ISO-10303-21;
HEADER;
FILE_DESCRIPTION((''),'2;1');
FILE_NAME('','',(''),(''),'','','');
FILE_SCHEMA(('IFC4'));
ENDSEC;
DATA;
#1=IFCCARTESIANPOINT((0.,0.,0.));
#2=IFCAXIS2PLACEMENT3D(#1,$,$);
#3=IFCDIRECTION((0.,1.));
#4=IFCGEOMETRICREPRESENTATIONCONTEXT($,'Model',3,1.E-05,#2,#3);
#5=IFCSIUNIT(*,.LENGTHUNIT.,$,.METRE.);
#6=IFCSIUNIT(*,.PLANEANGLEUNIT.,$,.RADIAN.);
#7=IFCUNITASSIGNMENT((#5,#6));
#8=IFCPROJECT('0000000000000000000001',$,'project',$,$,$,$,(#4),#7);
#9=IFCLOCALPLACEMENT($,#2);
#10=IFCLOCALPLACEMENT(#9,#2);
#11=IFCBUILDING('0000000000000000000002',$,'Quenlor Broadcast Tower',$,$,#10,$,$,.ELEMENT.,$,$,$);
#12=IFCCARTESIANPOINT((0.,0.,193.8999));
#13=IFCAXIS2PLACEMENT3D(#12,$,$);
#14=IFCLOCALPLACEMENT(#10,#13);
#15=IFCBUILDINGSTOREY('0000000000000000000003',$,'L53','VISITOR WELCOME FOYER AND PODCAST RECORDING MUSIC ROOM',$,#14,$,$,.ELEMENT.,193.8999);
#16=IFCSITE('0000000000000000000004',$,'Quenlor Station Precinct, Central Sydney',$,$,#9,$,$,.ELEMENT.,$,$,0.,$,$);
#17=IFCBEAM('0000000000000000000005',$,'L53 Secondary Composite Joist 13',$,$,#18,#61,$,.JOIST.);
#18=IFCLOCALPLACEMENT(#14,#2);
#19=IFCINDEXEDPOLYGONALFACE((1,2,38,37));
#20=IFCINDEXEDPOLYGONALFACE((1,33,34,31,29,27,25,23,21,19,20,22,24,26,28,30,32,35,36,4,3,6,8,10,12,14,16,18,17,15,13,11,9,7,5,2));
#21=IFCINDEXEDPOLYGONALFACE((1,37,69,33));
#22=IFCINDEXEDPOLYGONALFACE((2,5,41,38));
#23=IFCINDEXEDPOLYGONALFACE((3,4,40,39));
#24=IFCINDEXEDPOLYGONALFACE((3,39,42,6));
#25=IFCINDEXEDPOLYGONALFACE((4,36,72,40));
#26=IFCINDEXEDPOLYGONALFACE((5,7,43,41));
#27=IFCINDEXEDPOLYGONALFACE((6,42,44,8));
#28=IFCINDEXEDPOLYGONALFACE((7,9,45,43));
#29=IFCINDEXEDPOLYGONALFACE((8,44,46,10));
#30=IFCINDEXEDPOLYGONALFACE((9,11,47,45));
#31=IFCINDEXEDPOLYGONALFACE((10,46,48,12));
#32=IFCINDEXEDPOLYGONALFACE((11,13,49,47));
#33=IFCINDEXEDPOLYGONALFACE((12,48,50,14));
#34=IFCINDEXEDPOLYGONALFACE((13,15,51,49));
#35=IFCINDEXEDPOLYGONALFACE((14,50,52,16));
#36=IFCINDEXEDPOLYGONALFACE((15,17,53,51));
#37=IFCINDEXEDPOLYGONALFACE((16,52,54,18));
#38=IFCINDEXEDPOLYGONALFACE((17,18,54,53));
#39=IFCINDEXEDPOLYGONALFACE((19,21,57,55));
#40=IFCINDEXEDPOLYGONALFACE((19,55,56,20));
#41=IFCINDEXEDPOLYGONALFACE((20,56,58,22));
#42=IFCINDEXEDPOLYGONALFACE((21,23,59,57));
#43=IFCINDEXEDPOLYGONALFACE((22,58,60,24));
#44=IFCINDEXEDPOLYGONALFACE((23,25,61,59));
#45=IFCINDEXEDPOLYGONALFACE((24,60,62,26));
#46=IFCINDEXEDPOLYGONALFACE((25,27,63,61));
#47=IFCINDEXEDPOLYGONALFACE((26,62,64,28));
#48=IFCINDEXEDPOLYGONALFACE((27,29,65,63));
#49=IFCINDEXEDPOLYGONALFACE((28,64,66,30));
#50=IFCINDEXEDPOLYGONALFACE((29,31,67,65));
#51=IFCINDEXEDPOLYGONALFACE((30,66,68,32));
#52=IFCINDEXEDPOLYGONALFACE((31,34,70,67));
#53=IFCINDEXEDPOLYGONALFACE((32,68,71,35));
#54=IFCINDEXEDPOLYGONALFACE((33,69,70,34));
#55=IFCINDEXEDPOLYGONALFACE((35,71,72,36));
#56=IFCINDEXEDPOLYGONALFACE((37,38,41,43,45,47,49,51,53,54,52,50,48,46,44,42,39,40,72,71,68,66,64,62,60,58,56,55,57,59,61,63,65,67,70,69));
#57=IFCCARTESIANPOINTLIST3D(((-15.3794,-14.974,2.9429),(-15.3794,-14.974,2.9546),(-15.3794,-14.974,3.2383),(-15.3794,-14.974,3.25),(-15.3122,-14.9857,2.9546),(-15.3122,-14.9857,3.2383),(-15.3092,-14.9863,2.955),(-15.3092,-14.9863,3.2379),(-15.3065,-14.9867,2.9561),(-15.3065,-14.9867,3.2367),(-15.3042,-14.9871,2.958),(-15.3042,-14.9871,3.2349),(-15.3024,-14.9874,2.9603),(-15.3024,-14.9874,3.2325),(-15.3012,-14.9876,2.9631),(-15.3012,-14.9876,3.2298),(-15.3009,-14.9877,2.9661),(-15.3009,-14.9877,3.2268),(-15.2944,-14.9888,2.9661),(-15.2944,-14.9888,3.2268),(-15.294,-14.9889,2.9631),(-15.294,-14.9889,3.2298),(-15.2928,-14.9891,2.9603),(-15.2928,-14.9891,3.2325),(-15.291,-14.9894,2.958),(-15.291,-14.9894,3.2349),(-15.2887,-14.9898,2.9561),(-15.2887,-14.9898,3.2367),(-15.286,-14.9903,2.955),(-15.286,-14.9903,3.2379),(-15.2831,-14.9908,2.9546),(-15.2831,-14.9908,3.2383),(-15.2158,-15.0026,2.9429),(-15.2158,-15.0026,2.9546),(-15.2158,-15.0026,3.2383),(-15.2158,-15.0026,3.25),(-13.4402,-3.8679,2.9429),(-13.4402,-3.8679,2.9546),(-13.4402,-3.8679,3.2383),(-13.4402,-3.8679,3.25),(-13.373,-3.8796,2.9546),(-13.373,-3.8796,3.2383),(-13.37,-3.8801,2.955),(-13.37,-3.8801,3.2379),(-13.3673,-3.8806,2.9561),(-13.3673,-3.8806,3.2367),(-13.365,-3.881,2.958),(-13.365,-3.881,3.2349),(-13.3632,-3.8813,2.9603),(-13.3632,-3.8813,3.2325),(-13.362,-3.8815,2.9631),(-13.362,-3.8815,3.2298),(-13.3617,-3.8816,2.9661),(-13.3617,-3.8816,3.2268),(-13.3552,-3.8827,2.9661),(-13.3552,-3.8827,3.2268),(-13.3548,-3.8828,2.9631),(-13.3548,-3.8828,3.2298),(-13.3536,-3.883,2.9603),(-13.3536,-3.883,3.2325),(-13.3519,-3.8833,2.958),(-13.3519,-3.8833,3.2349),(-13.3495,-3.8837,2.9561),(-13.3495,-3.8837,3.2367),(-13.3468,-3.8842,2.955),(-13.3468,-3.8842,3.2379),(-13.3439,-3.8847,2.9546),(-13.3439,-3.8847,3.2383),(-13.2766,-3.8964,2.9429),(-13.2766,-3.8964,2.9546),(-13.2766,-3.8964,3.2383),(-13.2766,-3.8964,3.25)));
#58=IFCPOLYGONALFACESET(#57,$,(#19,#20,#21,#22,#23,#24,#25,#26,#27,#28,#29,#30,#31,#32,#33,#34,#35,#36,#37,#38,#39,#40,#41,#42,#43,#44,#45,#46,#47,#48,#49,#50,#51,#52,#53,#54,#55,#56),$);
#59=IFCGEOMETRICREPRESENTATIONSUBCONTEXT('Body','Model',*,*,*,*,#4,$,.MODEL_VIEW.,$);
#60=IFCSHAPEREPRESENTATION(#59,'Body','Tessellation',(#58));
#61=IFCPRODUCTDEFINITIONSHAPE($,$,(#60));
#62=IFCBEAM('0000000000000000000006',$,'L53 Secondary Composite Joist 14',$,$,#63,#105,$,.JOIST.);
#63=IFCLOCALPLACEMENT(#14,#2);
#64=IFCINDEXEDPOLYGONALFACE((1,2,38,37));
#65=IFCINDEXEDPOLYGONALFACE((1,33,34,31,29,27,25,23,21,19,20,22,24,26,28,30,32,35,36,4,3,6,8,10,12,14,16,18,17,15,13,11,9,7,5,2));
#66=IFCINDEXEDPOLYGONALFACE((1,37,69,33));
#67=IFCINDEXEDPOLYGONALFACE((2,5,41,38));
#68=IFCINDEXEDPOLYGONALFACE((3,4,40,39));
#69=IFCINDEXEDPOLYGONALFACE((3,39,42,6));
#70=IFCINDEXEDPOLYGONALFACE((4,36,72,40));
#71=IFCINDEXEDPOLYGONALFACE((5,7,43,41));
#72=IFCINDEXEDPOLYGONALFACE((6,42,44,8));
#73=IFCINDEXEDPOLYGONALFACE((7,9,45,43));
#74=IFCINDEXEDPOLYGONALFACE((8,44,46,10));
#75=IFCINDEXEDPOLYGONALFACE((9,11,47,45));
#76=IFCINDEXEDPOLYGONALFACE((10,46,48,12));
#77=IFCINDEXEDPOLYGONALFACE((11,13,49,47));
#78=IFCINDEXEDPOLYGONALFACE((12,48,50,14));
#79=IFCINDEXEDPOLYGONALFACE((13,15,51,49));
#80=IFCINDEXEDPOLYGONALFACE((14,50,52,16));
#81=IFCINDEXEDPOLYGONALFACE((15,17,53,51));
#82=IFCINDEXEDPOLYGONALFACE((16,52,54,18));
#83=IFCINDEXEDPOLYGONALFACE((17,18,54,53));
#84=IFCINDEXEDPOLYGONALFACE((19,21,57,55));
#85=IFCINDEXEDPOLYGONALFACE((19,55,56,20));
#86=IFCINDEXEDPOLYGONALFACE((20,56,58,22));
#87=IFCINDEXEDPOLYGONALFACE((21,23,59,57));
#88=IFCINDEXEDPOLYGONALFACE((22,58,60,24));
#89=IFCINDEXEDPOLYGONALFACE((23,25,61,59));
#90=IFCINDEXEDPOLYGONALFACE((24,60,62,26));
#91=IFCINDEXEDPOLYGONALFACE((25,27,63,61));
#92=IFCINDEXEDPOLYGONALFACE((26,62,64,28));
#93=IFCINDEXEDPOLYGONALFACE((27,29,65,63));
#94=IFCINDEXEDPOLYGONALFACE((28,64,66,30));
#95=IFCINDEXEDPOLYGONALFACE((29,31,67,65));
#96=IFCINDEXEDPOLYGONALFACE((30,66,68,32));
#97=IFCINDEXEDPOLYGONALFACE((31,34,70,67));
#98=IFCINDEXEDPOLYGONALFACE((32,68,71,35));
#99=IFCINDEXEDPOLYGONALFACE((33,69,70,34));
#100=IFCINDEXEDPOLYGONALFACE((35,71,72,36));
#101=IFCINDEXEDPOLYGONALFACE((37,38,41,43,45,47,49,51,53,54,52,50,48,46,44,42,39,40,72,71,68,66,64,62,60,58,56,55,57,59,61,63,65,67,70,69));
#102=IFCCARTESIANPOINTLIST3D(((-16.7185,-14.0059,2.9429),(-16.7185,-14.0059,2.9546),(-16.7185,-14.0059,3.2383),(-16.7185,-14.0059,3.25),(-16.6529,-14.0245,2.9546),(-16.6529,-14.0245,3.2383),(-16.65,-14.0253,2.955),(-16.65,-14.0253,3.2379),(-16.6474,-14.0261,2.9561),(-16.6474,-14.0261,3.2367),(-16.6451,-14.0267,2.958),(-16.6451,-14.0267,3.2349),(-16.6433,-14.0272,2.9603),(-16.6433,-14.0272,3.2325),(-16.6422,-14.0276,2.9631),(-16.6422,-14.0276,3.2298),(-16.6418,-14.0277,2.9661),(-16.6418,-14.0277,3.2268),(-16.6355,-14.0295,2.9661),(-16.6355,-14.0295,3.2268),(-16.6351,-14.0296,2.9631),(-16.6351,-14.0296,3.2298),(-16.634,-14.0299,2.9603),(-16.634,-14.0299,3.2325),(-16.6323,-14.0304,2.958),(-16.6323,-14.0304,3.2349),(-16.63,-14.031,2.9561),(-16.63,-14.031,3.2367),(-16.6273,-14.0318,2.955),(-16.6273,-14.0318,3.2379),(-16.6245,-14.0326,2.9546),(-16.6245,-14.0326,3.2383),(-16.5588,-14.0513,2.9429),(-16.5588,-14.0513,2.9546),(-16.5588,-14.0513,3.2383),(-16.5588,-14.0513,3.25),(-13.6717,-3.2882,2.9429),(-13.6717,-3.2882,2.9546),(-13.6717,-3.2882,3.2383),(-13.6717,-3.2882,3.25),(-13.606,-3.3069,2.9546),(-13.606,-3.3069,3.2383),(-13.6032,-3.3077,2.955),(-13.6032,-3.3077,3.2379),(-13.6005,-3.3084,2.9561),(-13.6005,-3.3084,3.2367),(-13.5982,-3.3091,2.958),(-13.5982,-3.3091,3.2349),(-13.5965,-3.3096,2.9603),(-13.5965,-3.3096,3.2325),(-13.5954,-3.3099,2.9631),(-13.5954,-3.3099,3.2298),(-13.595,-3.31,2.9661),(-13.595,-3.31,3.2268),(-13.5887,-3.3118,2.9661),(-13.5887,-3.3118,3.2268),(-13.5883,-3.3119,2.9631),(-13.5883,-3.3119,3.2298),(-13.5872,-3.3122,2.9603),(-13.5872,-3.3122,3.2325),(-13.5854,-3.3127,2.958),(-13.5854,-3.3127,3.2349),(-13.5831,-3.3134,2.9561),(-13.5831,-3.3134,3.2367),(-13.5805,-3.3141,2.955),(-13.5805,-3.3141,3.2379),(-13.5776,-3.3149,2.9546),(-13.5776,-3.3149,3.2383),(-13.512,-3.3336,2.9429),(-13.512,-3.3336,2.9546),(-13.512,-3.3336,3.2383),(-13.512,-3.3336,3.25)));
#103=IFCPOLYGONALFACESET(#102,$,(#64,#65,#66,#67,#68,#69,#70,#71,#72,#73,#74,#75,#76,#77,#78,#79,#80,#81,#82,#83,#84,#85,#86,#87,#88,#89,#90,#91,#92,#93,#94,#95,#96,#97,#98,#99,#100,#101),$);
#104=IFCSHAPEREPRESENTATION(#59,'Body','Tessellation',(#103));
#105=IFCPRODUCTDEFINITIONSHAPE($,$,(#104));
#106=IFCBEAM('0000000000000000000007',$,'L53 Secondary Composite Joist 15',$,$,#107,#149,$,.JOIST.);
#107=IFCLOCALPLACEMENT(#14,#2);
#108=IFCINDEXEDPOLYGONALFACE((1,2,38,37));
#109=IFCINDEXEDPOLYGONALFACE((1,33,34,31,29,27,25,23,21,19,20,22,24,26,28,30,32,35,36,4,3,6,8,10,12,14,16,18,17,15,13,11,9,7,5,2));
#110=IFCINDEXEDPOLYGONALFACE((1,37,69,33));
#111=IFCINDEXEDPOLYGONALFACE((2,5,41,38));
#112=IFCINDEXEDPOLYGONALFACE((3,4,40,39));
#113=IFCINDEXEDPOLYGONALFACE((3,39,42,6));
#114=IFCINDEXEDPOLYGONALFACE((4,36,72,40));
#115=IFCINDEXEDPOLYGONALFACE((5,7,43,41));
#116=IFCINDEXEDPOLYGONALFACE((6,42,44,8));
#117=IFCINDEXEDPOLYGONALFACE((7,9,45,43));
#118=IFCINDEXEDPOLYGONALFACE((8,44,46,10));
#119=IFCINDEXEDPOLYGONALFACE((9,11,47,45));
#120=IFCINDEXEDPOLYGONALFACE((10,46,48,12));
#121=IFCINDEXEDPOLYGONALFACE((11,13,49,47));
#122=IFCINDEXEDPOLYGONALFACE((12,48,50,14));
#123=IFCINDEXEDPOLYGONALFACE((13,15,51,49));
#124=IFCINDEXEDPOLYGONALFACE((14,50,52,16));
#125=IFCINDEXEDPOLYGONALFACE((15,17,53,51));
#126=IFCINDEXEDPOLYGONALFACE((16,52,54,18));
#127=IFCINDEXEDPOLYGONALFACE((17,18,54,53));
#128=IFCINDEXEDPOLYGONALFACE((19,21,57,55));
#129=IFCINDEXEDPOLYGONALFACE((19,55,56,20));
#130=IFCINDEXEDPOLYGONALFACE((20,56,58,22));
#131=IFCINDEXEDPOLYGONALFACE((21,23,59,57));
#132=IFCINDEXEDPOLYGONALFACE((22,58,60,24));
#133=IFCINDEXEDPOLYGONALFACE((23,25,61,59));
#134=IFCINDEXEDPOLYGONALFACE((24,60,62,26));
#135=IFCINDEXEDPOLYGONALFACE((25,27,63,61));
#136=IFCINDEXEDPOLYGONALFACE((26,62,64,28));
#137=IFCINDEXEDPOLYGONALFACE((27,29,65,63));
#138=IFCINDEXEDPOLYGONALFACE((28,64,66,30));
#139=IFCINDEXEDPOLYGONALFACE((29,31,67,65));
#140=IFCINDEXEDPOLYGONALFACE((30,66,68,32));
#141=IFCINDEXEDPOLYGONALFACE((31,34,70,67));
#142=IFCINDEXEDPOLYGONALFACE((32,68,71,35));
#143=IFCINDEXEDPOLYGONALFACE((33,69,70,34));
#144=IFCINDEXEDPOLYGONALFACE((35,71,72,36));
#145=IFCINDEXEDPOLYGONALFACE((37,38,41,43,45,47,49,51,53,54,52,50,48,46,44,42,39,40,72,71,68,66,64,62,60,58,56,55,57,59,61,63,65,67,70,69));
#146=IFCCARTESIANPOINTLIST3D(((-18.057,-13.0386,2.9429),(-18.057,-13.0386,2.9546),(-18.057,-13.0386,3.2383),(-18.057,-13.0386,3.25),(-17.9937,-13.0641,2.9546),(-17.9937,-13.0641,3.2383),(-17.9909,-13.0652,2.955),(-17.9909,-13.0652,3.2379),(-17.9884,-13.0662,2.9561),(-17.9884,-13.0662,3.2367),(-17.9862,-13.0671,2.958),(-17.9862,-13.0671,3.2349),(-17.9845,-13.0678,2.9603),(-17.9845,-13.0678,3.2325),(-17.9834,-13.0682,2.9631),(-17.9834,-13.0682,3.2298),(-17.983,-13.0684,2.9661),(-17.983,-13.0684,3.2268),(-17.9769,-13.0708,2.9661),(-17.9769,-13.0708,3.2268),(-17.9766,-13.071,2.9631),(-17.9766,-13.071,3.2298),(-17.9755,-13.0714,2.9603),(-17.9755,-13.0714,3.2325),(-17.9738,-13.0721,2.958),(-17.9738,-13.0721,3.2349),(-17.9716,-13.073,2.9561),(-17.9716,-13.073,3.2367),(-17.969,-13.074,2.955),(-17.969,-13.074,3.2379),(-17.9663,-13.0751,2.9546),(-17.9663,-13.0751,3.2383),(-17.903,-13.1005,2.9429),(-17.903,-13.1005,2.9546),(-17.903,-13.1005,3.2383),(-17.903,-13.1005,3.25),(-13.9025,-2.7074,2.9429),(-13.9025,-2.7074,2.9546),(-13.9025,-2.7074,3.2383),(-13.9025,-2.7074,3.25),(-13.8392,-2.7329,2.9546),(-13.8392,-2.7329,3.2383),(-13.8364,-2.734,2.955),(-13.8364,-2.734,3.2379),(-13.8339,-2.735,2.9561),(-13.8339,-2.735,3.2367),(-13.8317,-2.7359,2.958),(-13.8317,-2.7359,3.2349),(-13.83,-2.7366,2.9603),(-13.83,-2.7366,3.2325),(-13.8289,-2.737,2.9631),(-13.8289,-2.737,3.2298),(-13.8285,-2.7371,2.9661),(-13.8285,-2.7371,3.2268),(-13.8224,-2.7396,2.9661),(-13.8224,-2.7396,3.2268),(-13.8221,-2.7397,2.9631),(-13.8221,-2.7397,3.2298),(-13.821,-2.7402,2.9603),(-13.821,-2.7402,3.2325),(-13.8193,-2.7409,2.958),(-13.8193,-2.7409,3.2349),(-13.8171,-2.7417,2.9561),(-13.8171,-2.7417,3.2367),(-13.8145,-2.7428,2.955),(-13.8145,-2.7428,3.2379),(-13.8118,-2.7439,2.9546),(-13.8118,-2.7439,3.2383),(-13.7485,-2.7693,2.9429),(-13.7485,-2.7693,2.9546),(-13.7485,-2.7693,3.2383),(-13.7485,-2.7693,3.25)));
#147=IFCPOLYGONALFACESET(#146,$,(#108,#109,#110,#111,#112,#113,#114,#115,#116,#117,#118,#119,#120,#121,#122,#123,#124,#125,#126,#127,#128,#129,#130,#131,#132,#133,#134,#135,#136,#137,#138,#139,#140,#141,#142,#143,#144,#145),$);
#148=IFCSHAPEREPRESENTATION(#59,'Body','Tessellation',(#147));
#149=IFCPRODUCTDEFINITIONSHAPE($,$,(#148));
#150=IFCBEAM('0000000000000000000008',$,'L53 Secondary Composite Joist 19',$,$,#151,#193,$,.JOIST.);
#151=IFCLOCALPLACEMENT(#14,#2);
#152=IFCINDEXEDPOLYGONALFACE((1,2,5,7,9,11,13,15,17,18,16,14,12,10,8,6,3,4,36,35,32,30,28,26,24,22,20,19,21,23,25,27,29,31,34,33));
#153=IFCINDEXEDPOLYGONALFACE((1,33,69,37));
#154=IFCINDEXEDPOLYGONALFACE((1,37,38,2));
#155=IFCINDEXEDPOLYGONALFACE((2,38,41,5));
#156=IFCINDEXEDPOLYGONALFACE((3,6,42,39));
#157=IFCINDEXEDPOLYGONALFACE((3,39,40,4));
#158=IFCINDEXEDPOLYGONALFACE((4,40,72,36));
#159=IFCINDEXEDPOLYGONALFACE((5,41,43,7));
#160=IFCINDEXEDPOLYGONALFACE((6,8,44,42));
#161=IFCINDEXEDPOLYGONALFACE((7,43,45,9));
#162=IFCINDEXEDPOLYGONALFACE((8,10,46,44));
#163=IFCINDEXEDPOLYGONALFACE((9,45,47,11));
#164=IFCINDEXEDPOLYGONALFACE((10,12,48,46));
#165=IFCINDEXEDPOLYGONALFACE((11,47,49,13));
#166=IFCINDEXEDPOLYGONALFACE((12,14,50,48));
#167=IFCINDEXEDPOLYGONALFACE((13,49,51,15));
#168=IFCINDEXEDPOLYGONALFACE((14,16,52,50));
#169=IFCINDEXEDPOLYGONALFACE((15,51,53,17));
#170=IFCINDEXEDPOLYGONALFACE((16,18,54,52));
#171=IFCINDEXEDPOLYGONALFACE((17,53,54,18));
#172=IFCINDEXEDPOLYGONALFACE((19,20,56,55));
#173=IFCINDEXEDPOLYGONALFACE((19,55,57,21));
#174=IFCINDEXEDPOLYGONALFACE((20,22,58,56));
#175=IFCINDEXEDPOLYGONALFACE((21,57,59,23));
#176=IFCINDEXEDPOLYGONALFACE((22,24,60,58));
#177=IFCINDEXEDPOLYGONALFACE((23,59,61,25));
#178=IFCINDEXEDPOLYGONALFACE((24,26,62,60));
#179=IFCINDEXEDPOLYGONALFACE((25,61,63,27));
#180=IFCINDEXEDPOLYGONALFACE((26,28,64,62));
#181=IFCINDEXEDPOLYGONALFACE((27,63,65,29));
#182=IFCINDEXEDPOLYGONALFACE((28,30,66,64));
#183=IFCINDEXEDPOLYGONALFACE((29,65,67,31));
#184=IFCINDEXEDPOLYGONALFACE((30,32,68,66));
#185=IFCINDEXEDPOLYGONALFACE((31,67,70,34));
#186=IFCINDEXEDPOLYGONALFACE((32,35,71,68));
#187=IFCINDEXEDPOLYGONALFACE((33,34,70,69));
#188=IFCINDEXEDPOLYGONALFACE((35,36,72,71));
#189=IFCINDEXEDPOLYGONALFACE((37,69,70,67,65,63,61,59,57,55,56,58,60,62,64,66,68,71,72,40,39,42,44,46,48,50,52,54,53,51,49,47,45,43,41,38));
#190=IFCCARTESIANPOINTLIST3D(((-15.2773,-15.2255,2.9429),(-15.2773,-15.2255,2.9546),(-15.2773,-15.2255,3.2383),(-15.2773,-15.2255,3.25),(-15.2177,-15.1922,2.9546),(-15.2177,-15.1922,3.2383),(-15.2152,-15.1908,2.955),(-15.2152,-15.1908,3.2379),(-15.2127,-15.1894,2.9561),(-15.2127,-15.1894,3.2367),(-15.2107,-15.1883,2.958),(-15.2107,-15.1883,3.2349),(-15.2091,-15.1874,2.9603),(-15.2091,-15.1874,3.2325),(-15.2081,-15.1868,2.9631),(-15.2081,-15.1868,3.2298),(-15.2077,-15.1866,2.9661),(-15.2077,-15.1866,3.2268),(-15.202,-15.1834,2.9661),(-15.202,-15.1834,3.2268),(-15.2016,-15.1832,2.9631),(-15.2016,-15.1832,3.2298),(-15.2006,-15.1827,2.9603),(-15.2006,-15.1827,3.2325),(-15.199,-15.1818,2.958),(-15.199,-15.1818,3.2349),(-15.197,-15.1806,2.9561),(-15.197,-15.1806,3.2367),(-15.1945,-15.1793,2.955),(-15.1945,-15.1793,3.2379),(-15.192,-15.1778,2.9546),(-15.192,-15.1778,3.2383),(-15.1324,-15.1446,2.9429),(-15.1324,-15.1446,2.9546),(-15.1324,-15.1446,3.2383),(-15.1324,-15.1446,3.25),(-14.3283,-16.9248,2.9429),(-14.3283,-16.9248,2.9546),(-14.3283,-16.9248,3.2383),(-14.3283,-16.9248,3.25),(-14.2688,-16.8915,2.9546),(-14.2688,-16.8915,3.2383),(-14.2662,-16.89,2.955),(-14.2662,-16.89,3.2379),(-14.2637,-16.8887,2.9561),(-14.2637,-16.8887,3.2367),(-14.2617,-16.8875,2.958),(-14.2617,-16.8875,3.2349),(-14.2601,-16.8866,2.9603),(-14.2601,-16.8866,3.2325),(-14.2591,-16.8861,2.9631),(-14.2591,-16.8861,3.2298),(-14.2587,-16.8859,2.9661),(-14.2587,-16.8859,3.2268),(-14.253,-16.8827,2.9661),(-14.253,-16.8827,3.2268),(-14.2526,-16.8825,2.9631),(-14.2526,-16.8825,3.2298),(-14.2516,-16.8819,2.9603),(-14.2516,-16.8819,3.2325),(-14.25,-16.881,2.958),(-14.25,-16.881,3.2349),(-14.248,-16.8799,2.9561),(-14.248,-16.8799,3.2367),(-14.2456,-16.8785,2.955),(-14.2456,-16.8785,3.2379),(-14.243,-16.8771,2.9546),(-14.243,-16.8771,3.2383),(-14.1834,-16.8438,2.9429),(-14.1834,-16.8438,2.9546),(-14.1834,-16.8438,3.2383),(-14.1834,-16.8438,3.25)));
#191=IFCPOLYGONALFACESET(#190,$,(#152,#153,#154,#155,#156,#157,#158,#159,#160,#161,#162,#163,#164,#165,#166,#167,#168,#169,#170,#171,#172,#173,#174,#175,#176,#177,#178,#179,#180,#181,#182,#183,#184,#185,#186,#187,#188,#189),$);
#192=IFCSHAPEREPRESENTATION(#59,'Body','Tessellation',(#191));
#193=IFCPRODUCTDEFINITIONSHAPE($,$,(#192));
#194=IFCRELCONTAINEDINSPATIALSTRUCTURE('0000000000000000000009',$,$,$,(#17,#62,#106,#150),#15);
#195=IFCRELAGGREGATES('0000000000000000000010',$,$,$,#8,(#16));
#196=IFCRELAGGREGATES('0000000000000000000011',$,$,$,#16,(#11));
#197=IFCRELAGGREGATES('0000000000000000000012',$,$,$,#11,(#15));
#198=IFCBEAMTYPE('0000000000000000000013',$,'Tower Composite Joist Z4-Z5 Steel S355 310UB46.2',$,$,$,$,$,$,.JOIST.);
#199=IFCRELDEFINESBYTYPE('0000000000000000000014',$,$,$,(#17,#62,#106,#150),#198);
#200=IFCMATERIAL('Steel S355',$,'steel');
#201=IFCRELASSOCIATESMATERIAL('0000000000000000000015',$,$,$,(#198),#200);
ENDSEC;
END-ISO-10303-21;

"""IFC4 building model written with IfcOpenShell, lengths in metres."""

from ifc_helpers import new_model, si_unit, direction, frame, origin, origin_2d, place, context, subcontext, project, spatial, i_section, extrude, material, material_profile, profile_set, type_object, element, save


model = new_model("IFC4")

# Units and contexts
model_context = context("Model", 3, precision=1e-05, world=origin(), true_north=direction((0.0, 1.0)))
body_context = subcontext(model_context, "Body", "Model", "MODEL_VIEW")
ifc_project = project(units=[si_unit("LENGTHUNIT", "METRE"), si_unit("PLANEANGLEUNIT", "RADIAN")], contexts=[model_context])

# Site, building, storey
site_placement = place(None, origin())
site = spatial("IfcSite", under=ifc_project, at=site_placement, Name="Quenlor Station Precinct, Central Sydney", CompositionType="ELEMENT", RefElevation=0.0)
building_placement = place(site_placement, origin())
building = spatial("IfcBuilding", under=site, at=building_placement, Name="Quenlor Broadcast Tower", CompositionType="ELEMENT")
storey_placement = place(building_placement, frame((0.0, 0.0, 193.8999)))
storey = spatial("IfcBuildingStorey", under=building, at=storey_placement, Name="L53", Description="VISITOR WELCOME FOYER AND PODCAST RECORDING MUSIC ROOM", CompositionType="ELEMENT", Elevation=193.8999)

# Beams
ifc_material_1 = material(Name="Steel S355", Category="steel")
ifc_material_profile_1 = material_profile(ifc_material_1, i_section(OverallWidth=0.166, OverallDepth=0.3071, WebThickness=0.0066, FlangeThickness=0.0117, FilletRadius=0.0115, at=origin_2d()))
ifc_profile_set_1 = profile_set([ifc_material_profile_1], Name="Steel S355 310UB46.2")
beam_type_1 = type_object("IfcBeamType", Name="Tower Composite Joist Z4-Z5 Steel S355 310UB46.2", PredefinedType="JOIST", material=ifc_profile_set_1)
beam_1_placement = place(storey_placement, frame((-15.2976, -14.9883, 3.0964), z_axis=(0.172004, 0.985096, 0.0), x_axis=(-0.985096, 0.172004, 0.0)))
element("IfcBeam", 1, at=beam_1_placement, inside=storey, type_object=beam_type_1, Name="L53 Secondary Composite Joist 13", PredefinedType="JOIST", context=body_context, shape_type="SweptSolid", body=[
    extrude(i_section(OverallWidth=0.166, OverallDepth=0.3071, WebThickness=0.0066, FlangeThickness=0.0117, FilletRadius=0.0115, at=origin_2d()), origin(), (0.0, 0.0, 1.0), 11.2742),
])
beam_2_placement = place(storey_placement, frame((-16.6387, -14.0286, 3.0964), z_axis=(0.273448, 0.961887, 0.0), x_axis=(-0.961887, 0.273448, 0.0)))
element("IfcBeam", 2, at=beam_2_placement, inside=storey, type_object=beam_type_1, Name="L53 Secondary Composite Joist 14", PredefinedType="JOIST", context=body_context, shape_type="SweptSolid", body=[
    extrude(i_section(OverallWidth=0.166, OverallDepth=0.3071, WebThickness=0.0066, FlangeThickness=0.0117, FilletRadius=0.0115, at=origin_2d()), origin(), (0.0, 0.0, 1.0), 11.1423),
])
beam_3_placement = place(storey_placement, frame((-17.98, -13.0696, 3.0964), z_axis=(0.373095, 0.927793, 0.0), x_axis=(-0.927793, 0.373095, 0.0)))
element("IfcBeam", 3, at=beam_3_placement, inside=storey, type_object=beam_type_1, Name="L53 Secondary Composite Joist 15", PredefinedType="JOIST", context=body_context, shape_type="SweptSolid", body=[
    extrude(i_section(OverallWidth=0.166, OverallDepth=0.3071, WebThickness=0.0066, FlangeThickness=0.0117, FilletRadius=0.0115, at=origin_2d()), origin(), (0.0, 0.0, 1.0), 11.1353),
])
beam_4_placement = place(storey_placement, frame((-14.2559, -16.8843, 3.0964), z_axis=(-0.487591, 0.873072, 0.0), x_axis=(-0.873072, -0.487591, 0.0)))
element("IfcBeam", 4, at=beam_4_placement, inside=storey, type_object=beam_type_1, Name="L53 Secondary Composite Joist 19", PredefinedType="JOIST", context=body_context, shape_type="SweptSolid", body=[
    extrude(i_section(OverallWidth=0.166, OverallDepth=0.3071, WebThickness=0.0066, FlangeThickness=0.0117, FilletRadius=0.0115, at=origin_2d()), origin(), (0.0, 0.0, 1.0), 1.9463),
])

save(model, "model.ifc")
